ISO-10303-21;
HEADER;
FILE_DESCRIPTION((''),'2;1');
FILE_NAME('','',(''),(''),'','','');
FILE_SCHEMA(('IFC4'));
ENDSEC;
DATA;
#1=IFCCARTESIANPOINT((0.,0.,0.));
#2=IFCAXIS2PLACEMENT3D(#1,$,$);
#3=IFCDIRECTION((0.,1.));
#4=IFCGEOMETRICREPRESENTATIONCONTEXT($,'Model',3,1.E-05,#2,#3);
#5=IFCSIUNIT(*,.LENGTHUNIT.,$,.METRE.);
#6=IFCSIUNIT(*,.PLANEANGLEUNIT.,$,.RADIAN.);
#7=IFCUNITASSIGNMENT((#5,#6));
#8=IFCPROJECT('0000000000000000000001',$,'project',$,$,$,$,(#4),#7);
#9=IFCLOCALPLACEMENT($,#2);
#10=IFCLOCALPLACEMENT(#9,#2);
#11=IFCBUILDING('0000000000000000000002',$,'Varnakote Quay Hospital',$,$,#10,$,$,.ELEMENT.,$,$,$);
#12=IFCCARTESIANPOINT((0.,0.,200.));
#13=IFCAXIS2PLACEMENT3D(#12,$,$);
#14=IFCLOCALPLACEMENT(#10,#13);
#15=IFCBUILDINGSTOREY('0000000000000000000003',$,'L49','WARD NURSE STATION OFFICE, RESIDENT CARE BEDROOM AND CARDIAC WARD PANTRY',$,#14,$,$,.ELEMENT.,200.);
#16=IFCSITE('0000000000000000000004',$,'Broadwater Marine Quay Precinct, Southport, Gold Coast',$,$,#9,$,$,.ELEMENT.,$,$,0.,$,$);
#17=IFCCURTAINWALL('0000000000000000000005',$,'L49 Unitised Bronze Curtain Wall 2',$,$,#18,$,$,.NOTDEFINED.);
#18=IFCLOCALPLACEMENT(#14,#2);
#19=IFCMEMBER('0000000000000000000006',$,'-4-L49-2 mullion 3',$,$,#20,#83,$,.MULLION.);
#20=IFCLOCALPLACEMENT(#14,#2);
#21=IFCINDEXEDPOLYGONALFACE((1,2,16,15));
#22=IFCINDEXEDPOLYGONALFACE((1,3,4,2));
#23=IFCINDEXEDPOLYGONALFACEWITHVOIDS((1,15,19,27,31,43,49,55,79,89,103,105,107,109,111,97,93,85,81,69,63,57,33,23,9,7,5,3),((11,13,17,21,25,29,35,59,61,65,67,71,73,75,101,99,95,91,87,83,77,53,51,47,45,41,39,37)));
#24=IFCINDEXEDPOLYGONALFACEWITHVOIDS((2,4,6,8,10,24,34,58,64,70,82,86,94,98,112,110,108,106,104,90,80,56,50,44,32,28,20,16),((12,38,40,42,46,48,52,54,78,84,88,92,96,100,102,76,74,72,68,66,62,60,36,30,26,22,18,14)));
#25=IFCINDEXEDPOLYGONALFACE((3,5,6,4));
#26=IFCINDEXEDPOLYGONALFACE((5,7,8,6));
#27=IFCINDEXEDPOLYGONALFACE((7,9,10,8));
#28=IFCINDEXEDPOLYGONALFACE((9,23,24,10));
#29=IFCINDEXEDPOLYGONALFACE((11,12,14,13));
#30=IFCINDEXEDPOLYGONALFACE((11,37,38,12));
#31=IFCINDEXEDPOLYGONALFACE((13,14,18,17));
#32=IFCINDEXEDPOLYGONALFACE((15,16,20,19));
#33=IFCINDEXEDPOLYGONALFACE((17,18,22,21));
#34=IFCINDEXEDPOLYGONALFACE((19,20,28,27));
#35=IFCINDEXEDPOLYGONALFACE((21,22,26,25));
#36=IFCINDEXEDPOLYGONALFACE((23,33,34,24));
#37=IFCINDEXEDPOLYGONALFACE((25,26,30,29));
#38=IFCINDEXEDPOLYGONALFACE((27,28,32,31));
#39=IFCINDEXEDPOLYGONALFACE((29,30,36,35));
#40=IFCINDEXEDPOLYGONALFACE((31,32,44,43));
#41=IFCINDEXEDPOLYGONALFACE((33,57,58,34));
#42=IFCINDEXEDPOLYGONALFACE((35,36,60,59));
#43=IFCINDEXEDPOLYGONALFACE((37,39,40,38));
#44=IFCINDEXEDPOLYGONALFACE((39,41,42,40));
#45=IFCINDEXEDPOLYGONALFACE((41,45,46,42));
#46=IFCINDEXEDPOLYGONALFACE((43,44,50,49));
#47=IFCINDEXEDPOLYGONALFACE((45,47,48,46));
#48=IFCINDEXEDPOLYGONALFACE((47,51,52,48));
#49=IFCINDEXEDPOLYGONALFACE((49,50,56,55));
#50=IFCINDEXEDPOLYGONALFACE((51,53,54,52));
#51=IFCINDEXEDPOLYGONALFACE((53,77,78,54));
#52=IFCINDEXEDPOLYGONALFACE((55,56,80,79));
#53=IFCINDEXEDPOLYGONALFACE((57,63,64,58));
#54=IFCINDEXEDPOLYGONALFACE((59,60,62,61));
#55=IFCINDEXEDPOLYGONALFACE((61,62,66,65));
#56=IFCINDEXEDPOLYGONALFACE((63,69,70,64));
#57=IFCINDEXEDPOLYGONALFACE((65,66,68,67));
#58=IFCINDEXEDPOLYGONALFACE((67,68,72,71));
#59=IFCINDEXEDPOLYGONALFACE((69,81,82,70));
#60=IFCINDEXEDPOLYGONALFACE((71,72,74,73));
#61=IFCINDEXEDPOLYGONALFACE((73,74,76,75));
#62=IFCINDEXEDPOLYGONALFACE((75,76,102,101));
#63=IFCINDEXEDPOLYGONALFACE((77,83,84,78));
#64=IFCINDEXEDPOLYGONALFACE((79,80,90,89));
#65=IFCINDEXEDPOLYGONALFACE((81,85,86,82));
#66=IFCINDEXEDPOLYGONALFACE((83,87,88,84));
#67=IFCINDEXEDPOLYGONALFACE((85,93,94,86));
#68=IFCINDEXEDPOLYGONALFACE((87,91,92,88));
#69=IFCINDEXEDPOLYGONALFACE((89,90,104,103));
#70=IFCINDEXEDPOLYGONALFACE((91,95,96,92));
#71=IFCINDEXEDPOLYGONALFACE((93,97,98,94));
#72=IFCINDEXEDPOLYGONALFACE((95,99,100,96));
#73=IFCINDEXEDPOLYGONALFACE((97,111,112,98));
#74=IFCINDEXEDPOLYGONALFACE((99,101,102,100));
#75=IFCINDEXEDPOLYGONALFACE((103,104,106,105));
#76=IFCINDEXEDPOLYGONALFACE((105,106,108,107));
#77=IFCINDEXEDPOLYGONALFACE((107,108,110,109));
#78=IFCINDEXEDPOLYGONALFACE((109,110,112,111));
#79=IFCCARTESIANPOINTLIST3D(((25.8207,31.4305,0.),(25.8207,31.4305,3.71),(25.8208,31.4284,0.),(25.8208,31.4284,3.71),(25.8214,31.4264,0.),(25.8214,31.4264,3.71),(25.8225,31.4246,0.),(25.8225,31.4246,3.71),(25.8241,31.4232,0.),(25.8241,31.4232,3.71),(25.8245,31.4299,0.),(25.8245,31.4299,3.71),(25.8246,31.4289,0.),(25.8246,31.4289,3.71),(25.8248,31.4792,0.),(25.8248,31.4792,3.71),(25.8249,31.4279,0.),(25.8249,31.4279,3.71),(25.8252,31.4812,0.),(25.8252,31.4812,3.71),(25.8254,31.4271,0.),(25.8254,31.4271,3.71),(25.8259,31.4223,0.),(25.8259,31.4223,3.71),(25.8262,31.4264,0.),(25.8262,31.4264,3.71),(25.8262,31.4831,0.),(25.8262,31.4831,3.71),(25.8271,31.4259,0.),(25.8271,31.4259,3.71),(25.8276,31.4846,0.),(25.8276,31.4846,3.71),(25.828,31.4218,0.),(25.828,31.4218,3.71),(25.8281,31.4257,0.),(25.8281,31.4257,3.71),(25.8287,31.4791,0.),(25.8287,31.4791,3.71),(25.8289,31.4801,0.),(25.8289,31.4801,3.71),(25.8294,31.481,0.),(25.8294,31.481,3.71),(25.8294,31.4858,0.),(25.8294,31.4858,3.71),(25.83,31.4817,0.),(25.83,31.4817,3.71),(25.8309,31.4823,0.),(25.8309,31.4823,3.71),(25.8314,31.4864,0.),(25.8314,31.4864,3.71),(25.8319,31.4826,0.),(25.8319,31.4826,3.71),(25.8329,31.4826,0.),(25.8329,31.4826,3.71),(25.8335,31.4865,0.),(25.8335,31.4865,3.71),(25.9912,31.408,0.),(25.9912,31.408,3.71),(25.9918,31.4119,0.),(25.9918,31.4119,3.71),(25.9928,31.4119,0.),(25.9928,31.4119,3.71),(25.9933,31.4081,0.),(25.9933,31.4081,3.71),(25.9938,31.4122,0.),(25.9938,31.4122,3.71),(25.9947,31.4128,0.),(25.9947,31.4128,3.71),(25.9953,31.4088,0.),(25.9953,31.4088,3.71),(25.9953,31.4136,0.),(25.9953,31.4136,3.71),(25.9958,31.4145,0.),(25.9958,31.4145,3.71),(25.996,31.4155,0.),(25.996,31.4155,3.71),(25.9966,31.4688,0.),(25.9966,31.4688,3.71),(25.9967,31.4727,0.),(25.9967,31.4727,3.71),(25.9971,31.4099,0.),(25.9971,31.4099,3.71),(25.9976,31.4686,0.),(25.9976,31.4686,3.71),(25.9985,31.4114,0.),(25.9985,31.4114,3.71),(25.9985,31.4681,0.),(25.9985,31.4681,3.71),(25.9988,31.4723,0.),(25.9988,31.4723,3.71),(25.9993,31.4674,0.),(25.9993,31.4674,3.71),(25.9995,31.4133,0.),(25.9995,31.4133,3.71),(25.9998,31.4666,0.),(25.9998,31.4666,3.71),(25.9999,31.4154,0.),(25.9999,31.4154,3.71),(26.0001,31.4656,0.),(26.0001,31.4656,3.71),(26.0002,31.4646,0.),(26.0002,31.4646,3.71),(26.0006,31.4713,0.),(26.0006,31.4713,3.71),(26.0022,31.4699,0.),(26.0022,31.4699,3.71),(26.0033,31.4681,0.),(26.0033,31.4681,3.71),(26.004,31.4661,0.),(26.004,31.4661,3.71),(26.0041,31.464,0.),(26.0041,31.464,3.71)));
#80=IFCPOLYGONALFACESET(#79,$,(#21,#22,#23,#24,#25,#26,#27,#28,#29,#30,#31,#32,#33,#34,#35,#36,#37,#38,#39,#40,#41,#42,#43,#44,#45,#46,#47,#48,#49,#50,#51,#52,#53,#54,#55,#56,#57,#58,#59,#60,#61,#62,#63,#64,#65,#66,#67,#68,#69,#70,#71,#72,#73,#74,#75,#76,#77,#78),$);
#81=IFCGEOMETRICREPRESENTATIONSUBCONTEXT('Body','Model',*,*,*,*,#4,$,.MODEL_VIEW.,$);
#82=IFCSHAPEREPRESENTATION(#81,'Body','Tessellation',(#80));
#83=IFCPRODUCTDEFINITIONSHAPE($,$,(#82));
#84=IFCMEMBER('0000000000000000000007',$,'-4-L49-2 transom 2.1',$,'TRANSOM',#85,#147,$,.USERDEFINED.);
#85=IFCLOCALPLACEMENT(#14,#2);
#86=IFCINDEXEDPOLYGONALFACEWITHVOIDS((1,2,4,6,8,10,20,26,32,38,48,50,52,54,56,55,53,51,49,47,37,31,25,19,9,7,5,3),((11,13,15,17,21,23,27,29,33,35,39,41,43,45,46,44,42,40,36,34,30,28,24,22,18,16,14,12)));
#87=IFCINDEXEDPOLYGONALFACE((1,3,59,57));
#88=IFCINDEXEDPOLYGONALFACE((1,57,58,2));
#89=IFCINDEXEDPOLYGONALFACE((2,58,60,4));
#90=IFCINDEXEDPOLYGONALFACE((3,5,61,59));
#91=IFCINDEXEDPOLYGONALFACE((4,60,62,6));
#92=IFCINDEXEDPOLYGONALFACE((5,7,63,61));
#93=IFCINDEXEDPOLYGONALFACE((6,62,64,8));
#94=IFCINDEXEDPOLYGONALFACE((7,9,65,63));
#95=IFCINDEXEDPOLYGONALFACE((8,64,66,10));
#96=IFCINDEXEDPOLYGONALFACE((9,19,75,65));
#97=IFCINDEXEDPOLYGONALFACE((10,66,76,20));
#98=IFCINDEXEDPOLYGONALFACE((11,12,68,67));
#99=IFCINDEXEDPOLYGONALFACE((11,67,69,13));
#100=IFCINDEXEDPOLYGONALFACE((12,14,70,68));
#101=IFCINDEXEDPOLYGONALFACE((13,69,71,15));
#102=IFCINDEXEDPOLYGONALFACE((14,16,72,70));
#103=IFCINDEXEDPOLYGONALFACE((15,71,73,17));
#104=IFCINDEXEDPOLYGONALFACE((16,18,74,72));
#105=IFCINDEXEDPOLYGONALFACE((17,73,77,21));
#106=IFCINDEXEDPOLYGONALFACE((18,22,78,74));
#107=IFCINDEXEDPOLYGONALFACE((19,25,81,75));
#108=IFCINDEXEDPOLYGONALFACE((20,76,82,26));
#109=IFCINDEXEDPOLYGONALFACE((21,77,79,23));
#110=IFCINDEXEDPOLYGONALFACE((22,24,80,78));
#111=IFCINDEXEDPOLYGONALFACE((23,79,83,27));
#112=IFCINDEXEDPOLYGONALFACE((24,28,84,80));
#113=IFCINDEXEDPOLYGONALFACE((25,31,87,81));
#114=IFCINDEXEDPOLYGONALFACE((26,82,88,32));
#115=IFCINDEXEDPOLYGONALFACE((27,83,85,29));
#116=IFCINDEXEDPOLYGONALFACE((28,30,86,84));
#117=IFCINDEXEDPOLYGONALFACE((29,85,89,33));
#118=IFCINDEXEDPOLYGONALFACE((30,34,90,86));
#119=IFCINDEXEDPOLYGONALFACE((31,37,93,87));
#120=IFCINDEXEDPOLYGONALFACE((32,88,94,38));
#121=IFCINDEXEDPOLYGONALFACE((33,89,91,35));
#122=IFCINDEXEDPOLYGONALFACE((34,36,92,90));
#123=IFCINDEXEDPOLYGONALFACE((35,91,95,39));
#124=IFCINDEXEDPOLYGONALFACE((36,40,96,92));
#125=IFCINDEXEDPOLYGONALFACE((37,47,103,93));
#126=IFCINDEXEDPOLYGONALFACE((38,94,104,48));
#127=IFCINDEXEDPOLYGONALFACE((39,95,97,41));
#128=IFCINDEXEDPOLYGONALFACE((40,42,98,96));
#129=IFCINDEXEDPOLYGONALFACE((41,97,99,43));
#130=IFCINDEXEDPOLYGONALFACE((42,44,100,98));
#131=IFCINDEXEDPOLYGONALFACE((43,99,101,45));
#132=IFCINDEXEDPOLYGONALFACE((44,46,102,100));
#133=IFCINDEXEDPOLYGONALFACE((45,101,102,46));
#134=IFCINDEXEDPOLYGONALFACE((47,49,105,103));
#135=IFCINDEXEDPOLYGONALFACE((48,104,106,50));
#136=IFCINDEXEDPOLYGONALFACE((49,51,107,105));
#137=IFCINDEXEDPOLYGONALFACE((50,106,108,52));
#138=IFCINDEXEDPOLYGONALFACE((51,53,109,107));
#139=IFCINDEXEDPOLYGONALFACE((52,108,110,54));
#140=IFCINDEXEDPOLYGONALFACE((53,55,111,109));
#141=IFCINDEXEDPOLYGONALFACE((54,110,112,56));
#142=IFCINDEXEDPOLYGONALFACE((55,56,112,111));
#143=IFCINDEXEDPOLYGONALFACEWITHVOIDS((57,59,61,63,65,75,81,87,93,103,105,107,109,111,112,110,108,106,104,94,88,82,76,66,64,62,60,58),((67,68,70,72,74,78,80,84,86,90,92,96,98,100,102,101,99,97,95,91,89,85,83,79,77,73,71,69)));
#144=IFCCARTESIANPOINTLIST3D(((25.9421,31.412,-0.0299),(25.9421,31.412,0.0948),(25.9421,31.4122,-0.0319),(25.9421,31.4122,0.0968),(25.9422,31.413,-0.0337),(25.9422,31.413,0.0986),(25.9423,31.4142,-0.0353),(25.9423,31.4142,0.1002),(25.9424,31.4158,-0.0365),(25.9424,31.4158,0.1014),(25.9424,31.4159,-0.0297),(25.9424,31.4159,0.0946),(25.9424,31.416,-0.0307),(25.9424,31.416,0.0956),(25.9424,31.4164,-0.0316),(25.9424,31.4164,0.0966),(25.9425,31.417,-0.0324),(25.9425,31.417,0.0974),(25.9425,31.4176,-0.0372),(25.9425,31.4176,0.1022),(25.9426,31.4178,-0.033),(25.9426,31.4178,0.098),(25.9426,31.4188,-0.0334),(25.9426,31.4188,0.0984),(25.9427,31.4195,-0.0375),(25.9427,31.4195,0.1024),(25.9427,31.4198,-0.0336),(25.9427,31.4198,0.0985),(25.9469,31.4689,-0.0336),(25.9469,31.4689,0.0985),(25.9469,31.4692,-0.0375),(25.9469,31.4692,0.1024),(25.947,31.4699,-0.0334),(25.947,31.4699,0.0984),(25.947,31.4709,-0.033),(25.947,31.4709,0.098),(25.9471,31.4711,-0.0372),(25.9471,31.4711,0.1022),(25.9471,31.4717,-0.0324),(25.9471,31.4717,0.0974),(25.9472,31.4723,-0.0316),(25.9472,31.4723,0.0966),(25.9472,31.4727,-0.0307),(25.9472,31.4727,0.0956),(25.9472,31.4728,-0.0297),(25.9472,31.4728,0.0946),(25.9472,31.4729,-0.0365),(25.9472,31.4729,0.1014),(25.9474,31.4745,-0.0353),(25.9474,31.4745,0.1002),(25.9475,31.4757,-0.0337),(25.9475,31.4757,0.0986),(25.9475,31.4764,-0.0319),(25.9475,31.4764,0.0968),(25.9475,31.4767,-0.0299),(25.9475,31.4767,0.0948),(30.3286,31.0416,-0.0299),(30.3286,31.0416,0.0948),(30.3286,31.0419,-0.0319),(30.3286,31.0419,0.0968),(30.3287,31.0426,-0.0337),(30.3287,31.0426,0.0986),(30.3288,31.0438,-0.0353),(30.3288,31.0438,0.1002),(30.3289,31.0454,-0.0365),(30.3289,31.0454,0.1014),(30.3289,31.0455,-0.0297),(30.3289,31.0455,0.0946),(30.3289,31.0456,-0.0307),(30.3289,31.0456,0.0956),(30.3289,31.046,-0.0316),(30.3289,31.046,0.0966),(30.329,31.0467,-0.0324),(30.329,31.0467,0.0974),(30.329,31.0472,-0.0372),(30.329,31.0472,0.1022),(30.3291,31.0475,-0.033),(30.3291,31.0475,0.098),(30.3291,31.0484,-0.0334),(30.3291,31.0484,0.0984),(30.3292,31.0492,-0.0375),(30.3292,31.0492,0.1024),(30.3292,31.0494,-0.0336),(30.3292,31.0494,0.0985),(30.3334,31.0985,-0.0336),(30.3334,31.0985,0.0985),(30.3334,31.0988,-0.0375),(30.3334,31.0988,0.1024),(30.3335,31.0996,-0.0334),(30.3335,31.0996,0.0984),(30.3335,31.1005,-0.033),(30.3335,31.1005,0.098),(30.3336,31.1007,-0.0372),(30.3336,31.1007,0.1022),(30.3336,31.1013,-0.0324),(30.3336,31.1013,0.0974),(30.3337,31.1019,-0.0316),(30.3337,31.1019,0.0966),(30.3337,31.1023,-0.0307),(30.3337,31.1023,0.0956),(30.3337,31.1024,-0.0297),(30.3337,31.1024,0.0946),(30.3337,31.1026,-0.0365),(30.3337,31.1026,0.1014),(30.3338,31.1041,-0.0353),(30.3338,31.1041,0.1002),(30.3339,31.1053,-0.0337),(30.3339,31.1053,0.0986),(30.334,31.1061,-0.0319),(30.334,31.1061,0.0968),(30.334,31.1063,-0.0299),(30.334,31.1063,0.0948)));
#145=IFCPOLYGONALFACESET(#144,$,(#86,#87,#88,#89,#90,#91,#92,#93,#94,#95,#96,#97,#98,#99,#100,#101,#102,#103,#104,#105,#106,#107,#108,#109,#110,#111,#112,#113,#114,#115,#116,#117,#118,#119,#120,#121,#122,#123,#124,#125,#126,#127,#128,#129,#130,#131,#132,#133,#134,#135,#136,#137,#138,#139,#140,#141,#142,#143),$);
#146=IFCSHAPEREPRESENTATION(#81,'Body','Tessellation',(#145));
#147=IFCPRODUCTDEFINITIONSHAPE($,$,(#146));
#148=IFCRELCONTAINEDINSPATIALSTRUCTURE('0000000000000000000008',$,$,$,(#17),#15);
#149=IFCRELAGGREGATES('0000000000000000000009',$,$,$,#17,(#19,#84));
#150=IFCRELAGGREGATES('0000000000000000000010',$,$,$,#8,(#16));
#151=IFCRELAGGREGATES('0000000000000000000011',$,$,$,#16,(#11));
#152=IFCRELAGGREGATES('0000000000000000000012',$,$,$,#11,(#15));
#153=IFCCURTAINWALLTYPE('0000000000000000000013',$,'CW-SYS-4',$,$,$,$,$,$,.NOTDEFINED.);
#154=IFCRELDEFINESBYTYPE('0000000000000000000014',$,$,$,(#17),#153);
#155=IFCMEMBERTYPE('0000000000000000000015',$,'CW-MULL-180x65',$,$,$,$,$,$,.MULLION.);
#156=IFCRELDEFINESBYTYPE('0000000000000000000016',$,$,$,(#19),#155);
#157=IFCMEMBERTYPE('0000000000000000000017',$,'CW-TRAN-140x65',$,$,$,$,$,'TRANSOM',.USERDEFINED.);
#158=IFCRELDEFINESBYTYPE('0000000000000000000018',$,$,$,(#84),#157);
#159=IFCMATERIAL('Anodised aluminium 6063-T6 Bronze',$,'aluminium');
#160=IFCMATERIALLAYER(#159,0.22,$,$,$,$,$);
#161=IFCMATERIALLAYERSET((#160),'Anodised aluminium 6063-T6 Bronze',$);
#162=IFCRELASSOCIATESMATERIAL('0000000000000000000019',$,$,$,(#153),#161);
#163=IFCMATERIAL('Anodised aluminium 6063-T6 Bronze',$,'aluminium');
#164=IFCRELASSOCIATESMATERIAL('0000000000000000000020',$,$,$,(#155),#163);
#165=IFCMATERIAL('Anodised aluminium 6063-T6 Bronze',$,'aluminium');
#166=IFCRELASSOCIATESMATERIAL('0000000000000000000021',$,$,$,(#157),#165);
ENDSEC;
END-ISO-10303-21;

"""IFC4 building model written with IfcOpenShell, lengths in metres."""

from ifc_helpers import new_model, si_unit, direction, frame, origin, origin_2d, place, context, subcontext, project, spatial, hollow_rectangle, extrude, material, layer, layer_set, material_profile, profile_set, type_object, element, aggregate, save


model = new_model("IFC4")

# Units and contexts
model_context = context("Model", 3, precision=1e-05, world=origin(), true_north=direction((0.0, 1.0)))
body_context = subcontext(model_context, "Body", "Model", "MODEL_VIEW")
ifc_project = project(units=[si_unit("LENGTHUNIT", "METRE"), si_unit("PLANEANGLEUNIT", "RADIAN")], contexts=[model_context])

# Site, building, storey
site_placement = place(None, origin())
site = spatial("IfcSite", under=ifc_project, at=site_placement, Name="Broadwater Marine Quay Precinct, Southport, Gold Coast", CompositionType="ELEMENT", RefElevation=0.0)
building_placement = place(site_placement, origin())
building = spatial("IfcBuilding", under=site, at=building_placement, Name="Varnakote Quay Hospital", CompositionType="ELEMENT")
storey_placement = place(building_placement, frame((0.0, 0.0, 200.0)))
storey = spatial("IfcBuildingStorey", under=building, at=storey_placement, Name="L49", Description="WARD NURSE STATION OFFICE, RESIDENT CARE BEDROOM AND CARDIAC WARD PANTRY", CompositionType="ELEMENT", Elevation=200.0)

# Curtain wall, members
ifc_material_1 = material(Name="Anodised aluminium 6063-T6 Bronze", Category="aluminium")
ifc_layer_1 = layer(ifc_material_1, 0.22)
ifc_layer_set_1 = layer_set([ifc_layer_1], Name="Anodised aluminium 6063-T6 Bronze")
curtain_wall_type = type_object("IfcCurtainWallType", Name="CW-SYS-4", PredefinedType="NOTDEFINED", material=ifc_layer_set_1)
curtain_wall_placement = place(storey_placement, origin())
curtain_wall = element("IfcCurtainWall", 1, at=curtain_wall_placement, inside=storey, type_object=curtain_wall_type, Name="L49 Unitised Bronze Curtain Wall 2", PredefinedType="NOTDEFINED")
ifc_material_2 = material(Name="Anodised aluminium 6063-T6 Bronze", Category="aluminium")
ifc_material_profile_1 = material_profile(ifc_material_2, hollow_rectangle(XDim=0.0649, YDim=0.1799, WallThickness=0.0039, InnerFilletRadius=0.0039, OuterFilletRadius=0.0081, at=origin_2d()), Name="CW-MULL-180x65")
ifc_profile_set_1 = profile_set([ifc_material_profile_1], Name="Anodised aluminium 6063-T6 Bronze")
member_type_1 = type_object("IfcMemberType", Name="CW-MULL-180x65", PredefinedType="MULLION", material=ifc_profile_set_1)
member_1_placement = place(storey_placement, frame((25.9124, 31.4473, 0.0), z_axis=(0.0, 0.0, 1.0), x_axis=(-0.084136, -0.996454, 0.0)))
member_1 = element("IfcMember", 2, at=member_1_placement, type_object=member_type_1, Name="-4-L49-2 mullion 3", PredefinedType="MULLION", context=body_context, shape_type="SweptSolid", body=[
    extrude(hollow_rectangle(XDim=0.0649, YDim=0.1799, WallThickness=0.0039, InnerFilletRadius=0.0039, OuterFilletRadius=0.0081, at=origin_2d()), origin(), (0.0, 0.0, 1.0), 3.71),
])
ifc_material_3 = material(Name="Anodised aluminium 6063-T6 Bronze", Category="aluminium")
ifc_material_profile_2 = material_profile(ifc_material_3, hollow_rectangle(XDim=0.0649, YDim=0.1399, WallThickness=0.0039, InnerFilletRadius=0.0039, OuterFilletRadius=0.0076, at=origin_2d()), Name="CW-TRAN-140x65")
ifc_profile_set_2 = profile_set([ifc_material_profile_2], Name="Anodised aluminium 6063-T6 Bronze")
member_type_2 = type_object("IfcMemberType", Name="CW-TRAN-140x65", ElementType="TRANSOM", PredefinedType="USERDEFINED", material=ifc_profile_set_2)
member_2_placement = place(storey_placement, frame((30.3313, 31.074, 0.0325), z_axis=(-0.996455, 0.084133, 0.0), x_axis=(-0.084133, -0.996455, 0.0)))
member_2 = element("IfcMember", 3, at=member_2_placement, type_object=member_type_2, Name="-4-L49-2 transom 2.1", ObjectType="TRANSOM", PredefinedType="USERDEFINED", context=body_context, shape_type="SweptSolid", body=[
    extrude(hollow_rectangle(XDim=0.0649, YDim=0.1399, WallThickness=0.0039, InnerFilletRadius=0.0039, OuterFilletRadius=0.0076, at=origin_2d()), origin(), (0.0, 0.0, 1.0), 4.4021),
])

aggregate(curtain_wall, [member_1, member_2])

save(model, "model.ifc")
